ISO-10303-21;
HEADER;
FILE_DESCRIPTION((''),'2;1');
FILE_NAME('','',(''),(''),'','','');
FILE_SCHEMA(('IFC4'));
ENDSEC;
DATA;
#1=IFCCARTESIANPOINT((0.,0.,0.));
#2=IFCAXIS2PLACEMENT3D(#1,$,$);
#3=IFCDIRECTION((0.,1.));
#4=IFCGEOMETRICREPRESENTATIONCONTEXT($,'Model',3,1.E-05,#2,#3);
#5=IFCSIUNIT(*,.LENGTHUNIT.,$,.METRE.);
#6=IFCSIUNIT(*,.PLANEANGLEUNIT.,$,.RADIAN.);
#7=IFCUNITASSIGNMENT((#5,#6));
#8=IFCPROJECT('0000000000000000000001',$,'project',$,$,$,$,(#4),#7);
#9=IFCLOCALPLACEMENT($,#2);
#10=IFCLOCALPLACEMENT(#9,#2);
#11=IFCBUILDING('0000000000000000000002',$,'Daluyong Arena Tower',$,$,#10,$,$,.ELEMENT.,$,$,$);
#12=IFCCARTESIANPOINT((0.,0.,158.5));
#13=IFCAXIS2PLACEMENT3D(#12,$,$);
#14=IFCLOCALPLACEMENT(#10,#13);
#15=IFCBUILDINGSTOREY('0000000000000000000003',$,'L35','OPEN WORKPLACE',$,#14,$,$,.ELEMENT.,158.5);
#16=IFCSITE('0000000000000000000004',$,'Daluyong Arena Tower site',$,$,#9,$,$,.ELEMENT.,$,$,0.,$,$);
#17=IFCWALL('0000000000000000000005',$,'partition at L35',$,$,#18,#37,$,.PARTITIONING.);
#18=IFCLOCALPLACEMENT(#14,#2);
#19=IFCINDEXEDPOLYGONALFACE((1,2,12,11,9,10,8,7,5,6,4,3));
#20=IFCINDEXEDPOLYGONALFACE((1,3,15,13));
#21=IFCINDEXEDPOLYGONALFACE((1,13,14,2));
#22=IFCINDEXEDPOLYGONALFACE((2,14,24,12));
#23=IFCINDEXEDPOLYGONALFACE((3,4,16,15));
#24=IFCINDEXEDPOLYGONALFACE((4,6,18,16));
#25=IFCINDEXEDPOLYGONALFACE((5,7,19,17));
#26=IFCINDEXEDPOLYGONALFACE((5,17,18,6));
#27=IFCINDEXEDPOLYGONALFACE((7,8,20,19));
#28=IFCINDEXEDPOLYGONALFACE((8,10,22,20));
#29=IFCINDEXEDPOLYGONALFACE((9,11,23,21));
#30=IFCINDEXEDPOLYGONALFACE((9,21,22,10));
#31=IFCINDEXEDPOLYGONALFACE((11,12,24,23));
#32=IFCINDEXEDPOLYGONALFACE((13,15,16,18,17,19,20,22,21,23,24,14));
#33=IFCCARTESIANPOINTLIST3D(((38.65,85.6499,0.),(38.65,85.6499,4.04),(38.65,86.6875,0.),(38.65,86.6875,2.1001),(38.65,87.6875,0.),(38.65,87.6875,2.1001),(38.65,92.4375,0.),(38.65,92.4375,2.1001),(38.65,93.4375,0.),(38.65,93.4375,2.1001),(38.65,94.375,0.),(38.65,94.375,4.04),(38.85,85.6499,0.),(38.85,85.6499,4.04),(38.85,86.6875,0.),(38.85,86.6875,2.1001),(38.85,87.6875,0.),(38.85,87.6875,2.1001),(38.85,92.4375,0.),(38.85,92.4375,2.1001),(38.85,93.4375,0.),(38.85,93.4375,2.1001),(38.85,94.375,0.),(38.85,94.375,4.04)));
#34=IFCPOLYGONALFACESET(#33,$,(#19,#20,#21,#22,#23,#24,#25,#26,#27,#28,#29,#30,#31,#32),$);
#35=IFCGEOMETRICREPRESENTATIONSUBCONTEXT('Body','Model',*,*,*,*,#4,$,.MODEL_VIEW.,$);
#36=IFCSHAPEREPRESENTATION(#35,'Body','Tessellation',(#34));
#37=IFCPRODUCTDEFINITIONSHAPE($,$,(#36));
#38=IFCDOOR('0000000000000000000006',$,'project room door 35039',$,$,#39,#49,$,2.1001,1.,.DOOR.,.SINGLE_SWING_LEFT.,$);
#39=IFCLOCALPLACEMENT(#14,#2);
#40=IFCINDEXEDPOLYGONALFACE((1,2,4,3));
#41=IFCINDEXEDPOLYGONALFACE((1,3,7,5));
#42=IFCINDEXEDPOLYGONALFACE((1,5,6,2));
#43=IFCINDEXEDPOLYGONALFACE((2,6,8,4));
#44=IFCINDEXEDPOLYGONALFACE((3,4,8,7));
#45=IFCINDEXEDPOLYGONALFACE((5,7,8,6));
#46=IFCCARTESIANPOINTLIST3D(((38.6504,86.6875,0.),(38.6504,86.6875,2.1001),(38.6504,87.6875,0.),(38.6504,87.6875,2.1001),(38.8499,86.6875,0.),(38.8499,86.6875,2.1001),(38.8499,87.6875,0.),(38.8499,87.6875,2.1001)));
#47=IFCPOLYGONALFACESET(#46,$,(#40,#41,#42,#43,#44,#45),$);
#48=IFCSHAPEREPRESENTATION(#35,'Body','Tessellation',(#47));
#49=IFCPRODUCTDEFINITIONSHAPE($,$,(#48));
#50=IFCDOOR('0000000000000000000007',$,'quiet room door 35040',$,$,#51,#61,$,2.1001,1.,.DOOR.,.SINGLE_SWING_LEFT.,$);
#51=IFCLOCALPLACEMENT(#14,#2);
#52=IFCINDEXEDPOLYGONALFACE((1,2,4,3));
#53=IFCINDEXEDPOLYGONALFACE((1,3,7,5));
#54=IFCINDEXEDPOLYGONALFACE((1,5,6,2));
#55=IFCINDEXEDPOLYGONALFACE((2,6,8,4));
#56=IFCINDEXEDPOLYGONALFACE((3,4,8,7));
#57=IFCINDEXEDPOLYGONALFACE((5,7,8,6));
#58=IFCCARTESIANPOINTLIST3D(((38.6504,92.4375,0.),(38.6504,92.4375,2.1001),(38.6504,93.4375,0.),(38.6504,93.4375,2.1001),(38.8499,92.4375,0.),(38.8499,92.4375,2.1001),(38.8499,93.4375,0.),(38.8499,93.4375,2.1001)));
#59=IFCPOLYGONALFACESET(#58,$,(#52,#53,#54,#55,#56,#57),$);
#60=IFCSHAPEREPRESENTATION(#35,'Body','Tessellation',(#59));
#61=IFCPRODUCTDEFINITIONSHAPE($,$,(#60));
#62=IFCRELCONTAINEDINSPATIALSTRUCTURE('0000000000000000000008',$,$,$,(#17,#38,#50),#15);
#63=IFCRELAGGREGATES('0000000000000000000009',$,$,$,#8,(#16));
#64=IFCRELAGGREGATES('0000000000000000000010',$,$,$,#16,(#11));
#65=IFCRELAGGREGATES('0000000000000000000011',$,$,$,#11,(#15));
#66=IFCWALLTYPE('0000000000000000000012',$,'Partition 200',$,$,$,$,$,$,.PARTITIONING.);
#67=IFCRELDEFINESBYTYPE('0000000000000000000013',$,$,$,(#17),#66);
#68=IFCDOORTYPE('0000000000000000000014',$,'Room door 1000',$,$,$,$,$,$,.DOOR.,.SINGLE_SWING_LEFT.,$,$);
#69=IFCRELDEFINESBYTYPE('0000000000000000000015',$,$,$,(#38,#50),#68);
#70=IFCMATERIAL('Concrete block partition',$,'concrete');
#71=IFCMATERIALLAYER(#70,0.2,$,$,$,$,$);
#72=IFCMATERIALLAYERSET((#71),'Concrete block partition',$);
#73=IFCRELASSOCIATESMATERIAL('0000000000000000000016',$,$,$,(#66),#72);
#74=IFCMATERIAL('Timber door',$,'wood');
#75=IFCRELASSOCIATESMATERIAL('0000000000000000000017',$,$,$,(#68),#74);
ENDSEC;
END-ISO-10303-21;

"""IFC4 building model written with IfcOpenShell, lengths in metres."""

from ifc_helpers import new_model, si_unit, direction, frame, frame_2d, origin, place, context, subcontext, project, spatial, rectangle, extrude, material, layer, layer_set, type_object, element, fill, save


model = new_model("IFC4")

# Units and contexts
model_context = context("Model", 3, precision=1e-05, world=origin(), true_north=direction((0.0, 1.0)))
body_context = subcontext(model_context, "Body", "Model", "MODEL_VIEW")
ifc_project = project(units=[si_unit("LENGTHUNIT", "METRE"), si_unit("PLANEANGLEUNIT", "RADIAN")], contexts=[model_context])

# Site, building, storey
site_placement = place(None, origin())
site = spatial("IfcSite", under=ifc_project, at=site_placement, Name="Daluyong Arena Tower site", CompositionType="ELEMENT", RefElevation=0.0)
building_placement = place(site_placement, origin())
building = spatial("IfcBuilding", under=site, at=building_placement, Name="Daluyong Arena Tower", CompositionType="ELEMENT")
storey_placement = place(building_placement, frame((0.0, 0.0, 158.5)))
storey = spatial("IfcBuildingStorey", under=building, at=storey_placement, Name="L35", Description="OPEN WORKPLACE", CompositionType="ELEMENT", Elevation=158.5)

# Shared definitions
ifc_material_1 = material(Name="Concrete block partition", Category="concrete")
ifc_layer_1 = layer(ifc_material_1, 0.2)
ifc_layer_set_1 = layer_set([ifc_layer_1], Name="Concrete block partition")
wall_type_1 = type_object("IfcWallType", Name="Partition 200", PredefinedType="PARTITIONING", material=ifc_layer_set_1)

# Wall, openings, doors
wall_1_placement = place(storey_placement, frame((38.75, 85.6499, 0.0), z_axis=(0.0, 0.0, 1.0), x_axis=(0.0, 1.0, 0.0)))
wall_1 = element("IfcWall", 1, at=wall_1_placement, inside=storey, type_object=wall_type_1, Name="partition at L35", PredefinedType="PARTITIONING", context=body_context, shape_type="SweptSolid", body=[
    extrude(rectangle(XDim=8.7251, YDim=0.2, at=frame_2d((4.3625, 0.0))), origin(), (0.0, 0.0, 1.0), 4.04),
])
opening_1_placement = place(wall_1_placement, frame((1.0376, 0.0, 0.0)))
opening_1 = element("IfcOpeningElement", 2, at=opening_1_placement, cuts=wall_1, PredefinedType="OPENING", context=body_context, shape_type="SweptSolid", body=[
    extrude(rectangle(XDim=1.0, YDim=2.1001, at=frame_2d((0.5, 1.05))), frame((0.0, 0.1099, 0.0), z_axis=(0.0, -1.0, 0.0), x_axis=(1.0, 0.0, 0.0)), (0.0, 0.0, 1.0), 0.22),
])
opening_2_placement = place(wall_1_placement, frame((6.7876, 0.0, 0.0)))
opening_2 = element("IfcOpeningElement", 3, at=opening_2_placement, cuts=wall_1, PredefinedType="OPENING", context=body_context, shape_type="SweptSolid", body=[
    extrude(rectangle(XDim=1.0, YDim=2.1001, at=frame_2d((0.5, 1.05))), frame((0.0, 0.1099, 0.0), z_axis=(0.0, -1.0, 0.0), x_axis=(1.0, 0.0, 0.0)), (0.0, 0.0, 1.0), 0.22),
])
ifc_material_2 = material(Name="Timber door", Category="wood")
door_type_1 = type_object("IfcDoorType", Name="Room door 1000", OperationType="SINGLE_SWING_LEFT", PredefinedType="DOOR", material=ifc_material_2)
door_1_placement = place(opening_1_placement, origin())
door_1 = element("IfcDoor", 4, at=door_1_placement, inside=storey, type_object=door_type_1, Name="project room door 35039", OperationType="SINGLE_SWING_LEFT", OverallHeight=2.1001, OverallWidth=1.0, PredefinedType="DOOR", context=body_context, shape_type="SweptSolid", body=[
    extrude(rectangle(XDim=1.0, YDim=2.1001, at=frame_2d((0.5, 1.05))), frame((0.0, 0.0996, 0.0), z_axis=(0.0, -1.0, 0.0), x_axis=(1.0, 0.0, 0.0)), (0.0, 0.0, 1.0), 0.1995),
])
fill(opening_1, door_1)
door_2_placement = place(opening_2_placement, origin())
door_2 = element("IfcDoor", 5, at=door_2_placement, inside=storey, type_object=door_type_1, Name="quiet room door 35040", OperationType="SINGLE_SWING_LEFT", OverallHeight=2.1001, OverallWidth=1.0, PredefinedType="DOOR", context=body_context, shape_type="SweptSolid", body=[
    extrude(rectangle(XDim=1.0, YDim=2.1001, at=frame_2d((0.5, 1.05))), frame((0.0, 0.0996, 0.0), z_axis=(0.0, -1.0, 0.0), x_axis=(1.0, 0.0, 0.0)), (0.0, 0.0, 1.0), 0.1995),
])
fill(opening_2, door_2)

save(model, "model.ifc")
